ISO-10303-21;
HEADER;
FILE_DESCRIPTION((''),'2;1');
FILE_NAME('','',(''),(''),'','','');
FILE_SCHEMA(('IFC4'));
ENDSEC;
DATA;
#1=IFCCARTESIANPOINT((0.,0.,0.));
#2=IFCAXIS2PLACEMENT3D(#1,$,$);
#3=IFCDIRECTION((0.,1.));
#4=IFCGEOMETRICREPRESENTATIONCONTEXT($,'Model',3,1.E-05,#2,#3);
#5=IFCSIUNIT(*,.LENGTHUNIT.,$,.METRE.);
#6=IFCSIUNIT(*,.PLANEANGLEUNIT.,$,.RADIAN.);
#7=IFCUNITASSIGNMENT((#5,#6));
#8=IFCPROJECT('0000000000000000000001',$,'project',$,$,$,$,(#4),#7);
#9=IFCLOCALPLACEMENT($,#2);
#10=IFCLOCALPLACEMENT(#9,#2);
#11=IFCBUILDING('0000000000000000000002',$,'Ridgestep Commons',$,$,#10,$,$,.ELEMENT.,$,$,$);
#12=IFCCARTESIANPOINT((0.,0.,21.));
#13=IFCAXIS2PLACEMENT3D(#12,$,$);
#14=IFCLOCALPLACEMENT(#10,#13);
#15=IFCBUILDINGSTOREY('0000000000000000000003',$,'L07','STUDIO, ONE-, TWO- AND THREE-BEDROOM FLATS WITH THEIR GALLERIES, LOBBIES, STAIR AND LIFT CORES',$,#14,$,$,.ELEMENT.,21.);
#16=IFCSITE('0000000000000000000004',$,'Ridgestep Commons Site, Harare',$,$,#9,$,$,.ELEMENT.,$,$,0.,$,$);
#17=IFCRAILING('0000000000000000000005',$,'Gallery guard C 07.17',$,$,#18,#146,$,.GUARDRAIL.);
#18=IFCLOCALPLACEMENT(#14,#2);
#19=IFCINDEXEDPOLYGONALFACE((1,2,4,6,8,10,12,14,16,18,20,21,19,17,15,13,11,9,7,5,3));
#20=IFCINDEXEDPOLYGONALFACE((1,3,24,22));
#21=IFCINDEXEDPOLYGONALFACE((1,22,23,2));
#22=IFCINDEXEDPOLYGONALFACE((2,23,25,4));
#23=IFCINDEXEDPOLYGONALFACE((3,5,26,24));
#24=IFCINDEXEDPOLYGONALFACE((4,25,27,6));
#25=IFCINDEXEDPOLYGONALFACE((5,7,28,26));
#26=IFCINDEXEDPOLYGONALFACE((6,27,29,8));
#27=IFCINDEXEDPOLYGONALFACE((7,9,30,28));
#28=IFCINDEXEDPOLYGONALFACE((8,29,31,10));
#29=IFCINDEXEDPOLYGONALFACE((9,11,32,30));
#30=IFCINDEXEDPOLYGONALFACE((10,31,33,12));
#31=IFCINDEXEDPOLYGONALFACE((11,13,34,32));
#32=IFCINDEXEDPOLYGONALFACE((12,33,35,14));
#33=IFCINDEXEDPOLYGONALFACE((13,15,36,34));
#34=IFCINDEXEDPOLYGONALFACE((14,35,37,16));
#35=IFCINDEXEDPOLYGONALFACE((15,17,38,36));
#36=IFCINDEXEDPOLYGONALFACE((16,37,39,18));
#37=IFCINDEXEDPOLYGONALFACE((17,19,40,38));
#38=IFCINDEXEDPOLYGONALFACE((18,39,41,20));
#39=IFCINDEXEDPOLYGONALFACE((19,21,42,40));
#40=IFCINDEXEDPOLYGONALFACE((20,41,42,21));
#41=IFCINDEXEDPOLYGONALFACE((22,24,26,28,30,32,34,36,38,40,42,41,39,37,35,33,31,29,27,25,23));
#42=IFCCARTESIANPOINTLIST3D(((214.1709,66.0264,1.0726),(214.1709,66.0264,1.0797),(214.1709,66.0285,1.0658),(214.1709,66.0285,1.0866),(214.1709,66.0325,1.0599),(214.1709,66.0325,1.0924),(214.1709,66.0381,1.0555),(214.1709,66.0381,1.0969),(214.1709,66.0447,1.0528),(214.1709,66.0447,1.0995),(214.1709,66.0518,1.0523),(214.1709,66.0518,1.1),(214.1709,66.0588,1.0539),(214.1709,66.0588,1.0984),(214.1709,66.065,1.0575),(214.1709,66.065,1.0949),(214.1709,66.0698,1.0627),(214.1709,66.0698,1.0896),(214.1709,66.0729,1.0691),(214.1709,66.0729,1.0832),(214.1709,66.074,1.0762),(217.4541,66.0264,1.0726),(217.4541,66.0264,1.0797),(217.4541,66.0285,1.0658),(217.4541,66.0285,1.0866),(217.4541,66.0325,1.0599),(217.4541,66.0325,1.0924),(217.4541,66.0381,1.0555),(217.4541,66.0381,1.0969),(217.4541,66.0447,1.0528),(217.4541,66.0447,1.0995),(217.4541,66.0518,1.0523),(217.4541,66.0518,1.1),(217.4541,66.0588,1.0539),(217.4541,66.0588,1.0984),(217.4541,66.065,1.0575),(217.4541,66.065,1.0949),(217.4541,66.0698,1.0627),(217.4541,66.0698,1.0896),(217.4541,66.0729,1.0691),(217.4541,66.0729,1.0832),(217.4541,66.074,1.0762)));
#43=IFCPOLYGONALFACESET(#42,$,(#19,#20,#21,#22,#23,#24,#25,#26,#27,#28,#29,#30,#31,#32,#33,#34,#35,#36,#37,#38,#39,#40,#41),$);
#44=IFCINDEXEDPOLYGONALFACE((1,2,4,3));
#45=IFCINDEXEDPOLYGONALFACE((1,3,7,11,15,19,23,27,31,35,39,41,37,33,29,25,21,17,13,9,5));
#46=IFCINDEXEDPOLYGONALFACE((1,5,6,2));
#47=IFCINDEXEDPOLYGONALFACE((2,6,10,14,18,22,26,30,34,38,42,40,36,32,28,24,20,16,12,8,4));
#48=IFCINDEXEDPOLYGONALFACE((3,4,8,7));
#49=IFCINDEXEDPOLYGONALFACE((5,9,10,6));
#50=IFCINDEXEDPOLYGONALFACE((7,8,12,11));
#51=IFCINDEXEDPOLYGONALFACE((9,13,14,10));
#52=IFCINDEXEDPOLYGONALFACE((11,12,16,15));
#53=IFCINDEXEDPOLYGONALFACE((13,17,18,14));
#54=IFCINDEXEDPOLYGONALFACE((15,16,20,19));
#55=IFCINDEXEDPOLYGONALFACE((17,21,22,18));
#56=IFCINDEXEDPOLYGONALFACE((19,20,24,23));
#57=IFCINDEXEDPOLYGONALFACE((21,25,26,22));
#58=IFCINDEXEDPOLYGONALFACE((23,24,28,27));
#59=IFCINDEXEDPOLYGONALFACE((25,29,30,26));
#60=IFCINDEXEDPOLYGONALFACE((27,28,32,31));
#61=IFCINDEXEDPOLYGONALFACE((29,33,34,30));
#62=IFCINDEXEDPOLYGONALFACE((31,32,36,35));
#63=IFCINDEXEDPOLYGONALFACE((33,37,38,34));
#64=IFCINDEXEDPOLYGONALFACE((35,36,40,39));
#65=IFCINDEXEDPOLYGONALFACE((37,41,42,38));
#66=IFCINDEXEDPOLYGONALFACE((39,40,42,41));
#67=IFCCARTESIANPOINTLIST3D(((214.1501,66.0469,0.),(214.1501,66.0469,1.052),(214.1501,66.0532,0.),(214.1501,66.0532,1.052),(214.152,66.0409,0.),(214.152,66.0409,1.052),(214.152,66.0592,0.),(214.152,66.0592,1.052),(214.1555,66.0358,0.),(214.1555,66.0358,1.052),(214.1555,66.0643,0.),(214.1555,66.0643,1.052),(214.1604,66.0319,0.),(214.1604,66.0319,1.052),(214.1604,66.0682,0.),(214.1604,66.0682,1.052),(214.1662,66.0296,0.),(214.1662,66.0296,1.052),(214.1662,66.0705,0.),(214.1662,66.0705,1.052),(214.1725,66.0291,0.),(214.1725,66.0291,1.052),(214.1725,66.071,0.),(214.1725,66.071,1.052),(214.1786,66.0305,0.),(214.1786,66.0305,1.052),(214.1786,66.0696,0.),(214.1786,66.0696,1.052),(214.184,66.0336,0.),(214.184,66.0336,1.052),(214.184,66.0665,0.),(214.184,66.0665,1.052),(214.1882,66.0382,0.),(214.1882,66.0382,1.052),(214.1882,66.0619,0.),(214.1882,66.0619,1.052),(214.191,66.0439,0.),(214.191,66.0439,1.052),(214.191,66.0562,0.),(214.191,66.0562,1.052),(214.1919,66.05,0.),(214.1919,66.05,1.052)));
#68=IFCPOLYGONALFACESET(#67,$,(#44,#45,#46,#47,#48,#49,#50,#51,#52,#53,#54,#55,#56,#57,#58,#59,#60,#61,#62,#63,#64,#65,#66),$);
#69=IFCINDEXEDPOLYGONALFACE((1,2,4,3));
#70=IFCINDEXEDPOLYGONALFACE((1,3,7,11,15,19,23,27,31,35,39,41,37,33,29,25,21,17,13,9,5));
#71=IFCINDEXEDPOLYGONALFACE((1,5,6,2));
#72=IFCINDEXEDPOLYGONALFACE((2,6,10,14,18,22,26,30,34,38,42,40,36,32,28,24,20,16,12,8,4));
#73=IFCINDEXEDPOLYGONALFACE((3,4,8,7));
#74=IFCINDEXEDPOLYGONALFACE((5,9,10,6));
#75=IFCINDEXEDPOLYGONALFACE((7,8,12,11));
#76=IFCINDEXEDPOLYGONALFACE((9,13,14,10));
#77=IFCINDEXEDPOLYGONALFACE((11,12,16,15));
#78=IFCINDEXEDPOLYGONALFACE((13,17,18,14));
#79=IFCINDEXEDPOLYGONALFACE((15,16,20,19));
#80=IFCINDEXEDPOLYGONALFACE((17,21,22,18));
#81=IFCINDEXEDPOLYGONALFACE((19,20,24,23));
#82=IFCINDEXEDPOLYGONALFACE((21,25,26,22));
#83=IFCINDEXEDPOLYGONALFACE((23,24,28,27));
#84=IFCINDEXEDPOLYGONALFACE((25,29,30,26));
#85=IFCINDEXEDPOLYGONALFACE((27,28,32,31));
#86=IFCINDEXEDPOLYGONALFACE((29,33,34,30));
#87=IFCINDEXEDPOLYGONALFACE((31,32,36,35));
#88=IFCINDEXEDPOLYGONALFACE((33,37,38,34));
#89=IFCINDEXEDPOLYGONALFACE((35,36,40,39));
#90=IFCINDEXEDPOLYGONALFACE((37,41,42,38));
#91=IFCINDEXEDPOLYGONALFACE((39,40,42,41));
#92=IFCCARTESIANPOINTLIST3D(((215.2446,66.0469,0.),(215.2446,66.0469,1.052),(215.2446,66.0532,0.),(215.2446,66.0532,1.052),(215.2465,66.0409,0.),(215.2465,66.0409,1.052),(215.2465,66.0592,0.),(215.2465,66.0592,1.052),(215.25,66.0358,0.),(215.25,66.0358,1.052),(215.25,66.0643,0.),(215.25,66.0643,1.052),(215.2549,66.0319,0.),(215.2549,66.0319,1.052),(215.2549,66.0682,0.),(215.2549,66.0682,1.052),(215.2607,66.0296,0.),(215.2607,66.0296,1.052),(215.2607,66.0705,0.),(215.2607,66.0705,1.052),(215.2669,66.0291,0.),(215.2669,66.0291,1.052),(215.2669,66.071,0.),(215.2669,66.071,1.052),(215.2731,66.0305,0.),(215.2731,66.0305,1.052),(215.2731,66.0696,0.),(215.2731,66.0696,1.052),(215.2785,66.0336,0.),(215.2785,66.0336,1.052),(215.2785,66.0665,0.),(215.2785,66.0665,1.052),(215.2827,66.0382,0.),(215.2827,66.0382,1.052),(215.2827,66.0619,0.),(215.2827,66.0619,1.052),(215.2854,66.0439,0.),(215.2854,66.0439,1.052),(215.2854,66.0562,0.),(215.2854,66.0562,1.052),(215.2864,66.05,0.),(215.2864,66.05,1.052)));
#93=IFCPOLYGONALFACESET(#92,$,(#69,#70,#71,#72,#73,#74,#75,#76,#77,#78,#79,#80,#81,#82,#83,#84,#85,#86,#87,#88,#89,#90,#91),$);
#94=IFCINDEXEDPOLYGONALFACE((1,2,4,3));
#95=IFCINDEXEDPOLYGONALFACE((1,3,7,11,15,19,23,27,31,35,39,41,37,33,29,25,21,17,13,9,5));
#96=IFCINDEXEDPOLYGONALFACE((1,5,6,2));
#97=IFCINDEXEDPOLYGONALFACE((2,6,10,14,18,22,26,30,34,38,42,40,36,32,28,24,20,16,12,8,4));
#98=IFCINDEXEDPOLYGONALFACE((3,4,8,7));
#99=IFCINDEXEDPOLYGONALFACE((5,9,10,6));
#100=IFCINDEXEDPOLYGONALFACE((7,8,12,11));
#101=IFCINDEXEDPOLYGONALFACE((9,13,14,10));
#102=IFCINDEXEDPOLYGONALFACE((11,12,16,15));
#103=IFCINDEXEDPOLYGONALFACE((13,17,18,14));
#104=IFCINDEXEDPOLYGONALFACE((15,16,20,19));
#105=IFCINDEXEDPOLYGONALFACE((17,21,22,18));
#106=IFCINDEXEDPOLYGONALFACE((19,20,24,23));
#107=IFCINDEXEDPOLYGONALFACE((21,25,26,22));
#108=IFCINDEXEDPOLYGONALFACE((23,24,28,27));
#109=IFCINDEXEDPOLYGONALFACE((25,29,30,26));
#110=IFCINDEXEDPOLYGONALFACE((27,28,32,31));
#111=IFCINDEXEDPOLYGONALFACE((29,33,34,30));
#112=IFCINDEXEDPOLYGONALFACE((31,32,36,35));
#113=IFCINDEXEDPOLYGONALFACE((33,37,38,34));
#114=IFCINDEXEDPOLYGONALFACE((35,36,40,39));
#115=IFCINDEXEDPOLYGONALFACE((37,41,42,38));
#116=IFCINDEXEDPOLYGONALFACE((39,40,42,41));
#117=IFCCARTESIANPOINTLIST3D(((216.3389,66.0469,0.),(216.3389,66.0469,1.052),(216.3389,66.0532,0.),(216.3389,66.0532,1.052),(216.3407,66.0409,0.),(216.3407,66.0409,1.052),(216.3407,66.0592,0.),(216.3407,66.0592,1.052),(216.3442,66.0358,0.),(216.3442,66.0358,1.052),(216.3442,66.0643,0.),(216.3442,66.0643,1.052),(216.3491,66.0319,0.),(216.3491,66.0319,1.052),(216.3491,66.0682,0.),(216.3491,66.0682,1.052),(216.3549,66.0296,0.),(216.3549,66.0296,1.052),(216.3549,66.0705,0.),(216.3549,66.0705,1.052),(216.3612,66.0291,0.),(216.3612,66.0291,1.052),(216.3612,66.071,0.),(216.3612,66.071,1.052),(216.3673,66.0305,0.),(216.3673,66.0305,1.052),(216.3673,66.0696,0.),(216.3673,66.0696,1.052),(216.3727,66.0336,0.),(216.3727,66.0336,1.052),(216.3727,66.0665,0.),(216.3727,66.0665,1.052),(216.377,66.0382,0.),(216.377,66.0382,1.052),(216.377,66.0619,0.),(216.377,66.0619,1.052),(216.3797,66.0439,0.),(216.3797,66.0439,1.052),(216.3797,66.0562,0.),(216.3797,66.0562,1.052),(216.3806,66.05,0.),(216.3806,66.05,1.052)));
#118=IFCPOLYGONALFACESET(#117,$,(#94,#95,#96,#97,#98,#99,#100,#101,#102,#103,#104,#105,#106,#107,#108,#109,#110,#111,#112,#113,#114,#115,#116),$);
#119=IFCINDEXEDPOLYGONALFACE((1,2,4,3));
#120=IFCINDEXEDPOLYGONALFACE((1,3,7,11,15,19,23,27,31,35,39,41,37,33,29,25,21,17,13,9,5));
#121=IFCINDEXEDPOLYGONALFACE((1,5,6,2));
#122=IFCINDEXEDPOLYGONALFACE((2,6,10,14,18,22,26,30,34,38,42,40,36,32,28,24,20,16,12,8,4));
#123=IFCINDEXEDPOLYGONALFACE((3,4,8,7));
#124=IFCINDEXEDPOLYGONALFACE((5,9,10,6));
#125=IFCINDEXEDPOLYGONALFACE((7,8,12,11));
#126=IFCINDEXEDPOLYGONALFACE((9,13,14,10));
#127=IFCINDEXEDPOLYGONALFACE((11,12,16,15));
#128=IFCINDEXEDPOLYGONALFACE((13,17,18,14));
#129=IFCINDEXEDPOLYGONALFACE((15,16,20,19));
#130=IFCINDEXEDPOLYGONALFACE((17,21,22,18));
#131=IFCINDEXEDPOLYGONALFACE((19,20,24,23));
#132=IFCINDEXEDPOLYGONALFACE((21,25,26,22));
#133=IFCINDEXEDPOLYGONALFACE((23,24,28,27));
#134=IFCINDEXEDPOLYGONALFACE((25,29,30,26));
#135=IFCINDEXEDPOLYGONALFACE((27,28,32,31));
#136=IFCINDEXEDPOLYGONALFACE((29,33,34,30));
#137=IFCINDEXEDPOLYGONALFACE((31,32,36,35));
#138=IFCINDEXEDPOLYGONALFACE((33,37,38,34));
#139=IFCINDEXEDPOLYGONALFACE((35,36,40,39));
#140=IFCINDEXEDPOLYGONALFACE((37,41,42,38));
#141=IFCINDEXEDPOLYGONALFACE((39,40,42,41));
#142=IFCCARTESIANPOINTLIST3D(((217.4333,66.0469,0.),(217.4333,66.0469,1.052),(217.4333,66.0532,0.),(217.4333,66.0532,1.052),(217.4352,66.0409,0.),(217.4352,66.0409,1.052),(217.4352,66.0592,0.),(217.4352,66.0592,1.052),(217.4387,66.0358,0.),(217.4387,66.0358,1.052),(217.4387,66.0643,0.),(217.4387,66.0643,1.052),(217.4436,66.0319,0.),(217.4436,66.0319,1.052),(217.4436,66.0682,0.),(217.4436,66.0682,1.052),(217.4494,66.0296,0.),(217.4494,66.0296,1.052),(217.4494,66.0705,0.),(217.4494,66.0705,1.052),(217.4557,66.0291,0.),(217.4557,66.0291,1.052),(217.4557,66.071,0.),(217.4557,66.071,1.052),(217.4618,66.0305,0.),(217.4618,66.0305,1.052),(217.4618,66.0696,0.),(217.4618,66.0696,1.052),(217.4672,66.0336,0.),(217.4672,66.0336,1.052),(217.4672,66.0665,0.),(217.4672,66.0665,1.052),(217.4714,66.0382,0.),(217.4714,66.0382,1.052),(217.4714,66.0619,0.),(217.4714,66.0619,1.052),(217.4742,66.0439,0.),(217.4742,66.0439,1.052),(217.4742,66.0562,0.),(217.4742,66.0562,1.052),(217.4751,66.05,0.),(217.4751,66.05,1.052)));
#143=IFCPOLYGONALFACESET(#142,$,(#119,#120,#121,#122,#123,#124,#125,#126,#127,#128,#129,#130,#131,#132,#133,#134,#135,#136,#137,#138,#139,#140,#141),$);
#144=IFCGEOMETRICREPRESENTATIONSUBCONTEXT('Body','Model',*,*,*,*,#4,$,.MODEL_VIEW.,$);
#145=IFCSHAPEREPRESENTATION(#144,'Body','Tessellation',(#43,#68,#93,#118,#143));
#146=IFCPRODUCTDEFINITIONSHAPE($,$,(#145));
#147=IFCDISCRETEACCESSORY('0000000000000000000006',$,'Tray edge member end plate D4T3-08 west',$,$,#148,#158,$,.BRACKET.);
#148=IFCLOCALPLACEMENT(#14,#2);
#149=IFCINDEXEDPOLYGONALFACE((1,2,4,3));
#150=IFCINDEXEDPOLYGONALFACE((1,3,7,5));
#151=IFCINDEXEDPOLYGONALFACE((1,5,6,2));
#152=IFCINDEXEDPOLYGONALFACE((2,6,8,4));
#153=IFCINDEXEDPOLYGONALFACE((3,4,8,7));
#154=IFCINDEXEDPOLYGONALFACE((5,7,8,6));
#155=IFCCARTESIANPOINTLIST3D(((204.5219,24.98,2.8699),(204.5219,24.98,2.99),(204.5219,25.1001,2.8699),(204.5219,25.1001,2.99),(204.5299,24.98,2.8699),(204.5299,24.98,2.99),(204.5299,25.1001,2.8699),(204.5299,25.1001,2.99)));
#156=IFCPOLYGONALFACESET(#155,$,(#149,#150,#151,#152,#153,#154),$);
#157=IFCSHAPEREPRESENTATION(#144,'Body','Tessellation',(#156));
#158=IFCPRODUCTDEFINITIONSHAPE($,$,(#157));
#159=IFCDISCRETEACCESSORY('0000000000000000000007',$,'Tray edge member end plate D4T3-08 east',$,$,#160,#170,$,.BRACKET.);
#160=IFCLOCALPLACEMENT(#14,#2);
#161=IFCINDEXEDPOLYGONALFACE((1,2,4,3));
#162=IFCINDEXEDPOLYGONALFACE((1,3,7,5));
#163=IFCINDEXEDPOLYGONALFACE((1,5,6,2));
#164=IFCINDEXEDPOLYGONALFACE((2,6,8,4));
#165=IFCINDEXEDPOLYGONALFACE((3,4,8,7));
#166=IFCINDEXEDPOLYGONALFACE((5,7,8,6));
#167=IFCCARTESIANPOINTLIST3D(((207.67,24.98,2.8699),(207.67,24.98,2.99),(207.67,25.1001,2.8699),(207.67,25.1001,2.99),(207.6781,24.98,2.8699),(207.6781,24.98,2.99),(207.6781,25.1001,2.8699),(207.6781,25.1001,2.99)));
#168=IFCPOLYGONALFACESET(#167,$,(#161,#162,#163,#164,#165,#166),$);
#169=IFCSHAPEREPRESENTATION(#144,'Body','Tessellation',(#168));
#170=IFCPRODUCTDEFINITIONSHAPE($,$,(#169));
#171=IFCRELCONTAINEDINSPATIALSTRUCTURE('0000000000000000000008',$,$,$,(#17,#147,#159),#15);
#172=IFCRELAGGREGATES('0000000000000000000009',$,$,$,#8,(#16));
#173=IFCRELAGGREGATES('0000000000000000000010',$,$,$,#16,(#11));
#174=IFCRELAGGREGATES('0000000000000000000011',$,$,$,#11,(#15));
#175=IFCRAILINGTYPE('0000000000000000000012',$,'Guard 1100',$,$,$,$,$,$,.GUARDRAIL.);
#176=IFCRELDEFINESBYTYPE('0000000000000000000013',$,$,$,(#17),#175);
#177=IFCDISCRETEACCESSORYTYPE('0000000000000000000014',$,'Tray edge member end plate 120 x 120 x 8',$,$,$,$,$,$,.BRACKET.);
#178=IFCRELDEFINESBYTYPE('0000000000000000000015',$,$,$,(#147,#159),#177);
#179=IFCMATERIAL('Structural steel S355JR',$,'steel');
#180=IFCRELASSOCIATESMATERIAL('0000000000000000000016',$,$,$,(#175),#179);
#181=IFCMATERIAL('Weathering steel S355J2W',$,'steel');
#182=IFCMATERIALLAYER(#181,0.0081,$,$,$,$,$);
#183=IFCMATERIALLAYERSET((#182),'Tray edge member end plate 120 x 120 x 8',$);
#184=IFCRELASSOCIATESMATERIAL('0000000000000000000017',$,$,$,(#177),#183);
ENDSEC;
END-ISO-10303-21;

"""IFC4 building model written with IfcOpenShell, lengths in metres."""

from ifc_helpers import new_model, si_unit, direction, frame, origin, origin_2d, place, context, subcontext, project, spatial, rectangle, circle, extrude, material, layer, layer_set, type_object, element, save


model = new_model("IFC4")

# Units and contexts
model_context = context("Model", 3, precision=1e-05, world=origin(), true_north=direction((0.0, 1.0)))
body_context = subcontext(model_context, "Body", "Model", "MODEL_VIEW")
ifc_project = project(units=[si_unit("LENGTHUNIT", "METRE"), si_unit("PLANEANGLEUNIT", "RADIAN")], contexts=[model_context])

# Site, building, storey
site_placement = place(None, origin())
site = spatial("IfcSite", under=ifc_project, at=site_placement, Name="Ridgestep Commons Site, Harare", CompositionType="ELEMENT", RefElevation=0.0)
building_placement = place(site_placement, origin())
building = spatial("IfcBuilding", under=site, at=building_placement, Name="Ridgestep Commons", CompositionType="ELEMENT")
storey_placement = place(building_placement, frame((0.0, 0.0, 21.0)))
storey = spatial("IfcBuildingStorey", under=building, at=storey_placement, Name="L07", Description="STUDIO, ONE-, TWO- AND THREE-BEDROOM FLATS WITH THEIR GALLERIES, LOBBIES, STAIR AND LIFT CORES", CompositionType="ELEMENT", Elevation=21.0)

# Railing
ifc_material_1 = material(Name="Structural steel S355JR", Category="steel")
railing_type = type_object("IfcRailingType", Name="Guard 1100", PredefinedType="GUARDRAIL", material=ifc_material_1)
for number, where, name in (
    (1, (214.1709, 66.05, 0.0), "Gallery guard C 07.17"),
):
    element("IfcRailing", number, at=place(storey_placement, frame(where)), inside=storey, type_object=railing_type, Name=name, PredefinedType="GUARDRAIL", context=body_context, shape_type="SweptSolid", body=[
        extrude(circle(Radius=0.0239, at=origin_2d()), frame((0.0, 0.0, 1.0762), z_axis=(1.0, 0.0, 0.0), x_axis=(0.0, 1.0, 0.0)), (0.0, 0.0, 1.0), 3.2832),
        extrude(circle(Radius=0.021, at=origin_2d()), origin(), (0.0, 0.0, 1.0), 1.052),
        extrude(circle(Radius=0.021, at=origin_2d()), frame((1.0945, 0.0, 0.0)), (0.0, 0.0, 1.0), 1.052),
        extrude(circle(Radius=0.021, at=origin_2d()), frame((2.1887, 0.0, 0.0)), (0.0, 0.0, 1.0), 1.052),
        extrude(circle(Radius=0.021, at=origin_2d()), frame((3.2832, 0.0, 0.0)), (0.0, 0.0, 1.0), 1.052),
    ])

# Discrete accessories
ifc_material_2 = material(Name="Weathering steel S355J2W", Category="steel")
ifc_layer_1 = layer(ifc_material_2, 0.0081)
ifc_layer_set_1 = layer_set([ifc_layer_1], Name="Tray edge member end plate 120 x 120 x 8")
discrete_accessory_type = type_object("IfcDiscreteAccessoryType", Name="Tray edge member end plate 120 x 120 x 8", PredefinedType="BRACKET", material=ifc_layer_set_1)
for number, where, z_axis, x_axis, name in (
    (2, (204.5259, 25.04, 2.8699), (0.0, 0.0, 1.0), (1.0, 0.0, 0.0), "Tray edge member end plate D4T3-08 west"),
    (3, (207.6741, 25.04, 2.8699), (0.0, 0.0, 1.0), (1.0, 0.0, 0.0), "Tray edge member end plate D4T3-08 east"),
):
    element("IfcDiscreteAccessory", number, at=place(storey_placement, frame(where, z_axis=z_axis, x_axis=x_axis)), inside=storey, type_object=discrete_accessory_type, Name=name, PredefinedType="BRACKET", context=body_context, shape_type="SweptSolid", body=[
        extrude(rectangle(XDim=0.0081, YDim=0.1201, at=origin_2d()), origin(), (0.0, 0.0, 1.0), 0.1201),
    ])

save(model, "model.ifc")
